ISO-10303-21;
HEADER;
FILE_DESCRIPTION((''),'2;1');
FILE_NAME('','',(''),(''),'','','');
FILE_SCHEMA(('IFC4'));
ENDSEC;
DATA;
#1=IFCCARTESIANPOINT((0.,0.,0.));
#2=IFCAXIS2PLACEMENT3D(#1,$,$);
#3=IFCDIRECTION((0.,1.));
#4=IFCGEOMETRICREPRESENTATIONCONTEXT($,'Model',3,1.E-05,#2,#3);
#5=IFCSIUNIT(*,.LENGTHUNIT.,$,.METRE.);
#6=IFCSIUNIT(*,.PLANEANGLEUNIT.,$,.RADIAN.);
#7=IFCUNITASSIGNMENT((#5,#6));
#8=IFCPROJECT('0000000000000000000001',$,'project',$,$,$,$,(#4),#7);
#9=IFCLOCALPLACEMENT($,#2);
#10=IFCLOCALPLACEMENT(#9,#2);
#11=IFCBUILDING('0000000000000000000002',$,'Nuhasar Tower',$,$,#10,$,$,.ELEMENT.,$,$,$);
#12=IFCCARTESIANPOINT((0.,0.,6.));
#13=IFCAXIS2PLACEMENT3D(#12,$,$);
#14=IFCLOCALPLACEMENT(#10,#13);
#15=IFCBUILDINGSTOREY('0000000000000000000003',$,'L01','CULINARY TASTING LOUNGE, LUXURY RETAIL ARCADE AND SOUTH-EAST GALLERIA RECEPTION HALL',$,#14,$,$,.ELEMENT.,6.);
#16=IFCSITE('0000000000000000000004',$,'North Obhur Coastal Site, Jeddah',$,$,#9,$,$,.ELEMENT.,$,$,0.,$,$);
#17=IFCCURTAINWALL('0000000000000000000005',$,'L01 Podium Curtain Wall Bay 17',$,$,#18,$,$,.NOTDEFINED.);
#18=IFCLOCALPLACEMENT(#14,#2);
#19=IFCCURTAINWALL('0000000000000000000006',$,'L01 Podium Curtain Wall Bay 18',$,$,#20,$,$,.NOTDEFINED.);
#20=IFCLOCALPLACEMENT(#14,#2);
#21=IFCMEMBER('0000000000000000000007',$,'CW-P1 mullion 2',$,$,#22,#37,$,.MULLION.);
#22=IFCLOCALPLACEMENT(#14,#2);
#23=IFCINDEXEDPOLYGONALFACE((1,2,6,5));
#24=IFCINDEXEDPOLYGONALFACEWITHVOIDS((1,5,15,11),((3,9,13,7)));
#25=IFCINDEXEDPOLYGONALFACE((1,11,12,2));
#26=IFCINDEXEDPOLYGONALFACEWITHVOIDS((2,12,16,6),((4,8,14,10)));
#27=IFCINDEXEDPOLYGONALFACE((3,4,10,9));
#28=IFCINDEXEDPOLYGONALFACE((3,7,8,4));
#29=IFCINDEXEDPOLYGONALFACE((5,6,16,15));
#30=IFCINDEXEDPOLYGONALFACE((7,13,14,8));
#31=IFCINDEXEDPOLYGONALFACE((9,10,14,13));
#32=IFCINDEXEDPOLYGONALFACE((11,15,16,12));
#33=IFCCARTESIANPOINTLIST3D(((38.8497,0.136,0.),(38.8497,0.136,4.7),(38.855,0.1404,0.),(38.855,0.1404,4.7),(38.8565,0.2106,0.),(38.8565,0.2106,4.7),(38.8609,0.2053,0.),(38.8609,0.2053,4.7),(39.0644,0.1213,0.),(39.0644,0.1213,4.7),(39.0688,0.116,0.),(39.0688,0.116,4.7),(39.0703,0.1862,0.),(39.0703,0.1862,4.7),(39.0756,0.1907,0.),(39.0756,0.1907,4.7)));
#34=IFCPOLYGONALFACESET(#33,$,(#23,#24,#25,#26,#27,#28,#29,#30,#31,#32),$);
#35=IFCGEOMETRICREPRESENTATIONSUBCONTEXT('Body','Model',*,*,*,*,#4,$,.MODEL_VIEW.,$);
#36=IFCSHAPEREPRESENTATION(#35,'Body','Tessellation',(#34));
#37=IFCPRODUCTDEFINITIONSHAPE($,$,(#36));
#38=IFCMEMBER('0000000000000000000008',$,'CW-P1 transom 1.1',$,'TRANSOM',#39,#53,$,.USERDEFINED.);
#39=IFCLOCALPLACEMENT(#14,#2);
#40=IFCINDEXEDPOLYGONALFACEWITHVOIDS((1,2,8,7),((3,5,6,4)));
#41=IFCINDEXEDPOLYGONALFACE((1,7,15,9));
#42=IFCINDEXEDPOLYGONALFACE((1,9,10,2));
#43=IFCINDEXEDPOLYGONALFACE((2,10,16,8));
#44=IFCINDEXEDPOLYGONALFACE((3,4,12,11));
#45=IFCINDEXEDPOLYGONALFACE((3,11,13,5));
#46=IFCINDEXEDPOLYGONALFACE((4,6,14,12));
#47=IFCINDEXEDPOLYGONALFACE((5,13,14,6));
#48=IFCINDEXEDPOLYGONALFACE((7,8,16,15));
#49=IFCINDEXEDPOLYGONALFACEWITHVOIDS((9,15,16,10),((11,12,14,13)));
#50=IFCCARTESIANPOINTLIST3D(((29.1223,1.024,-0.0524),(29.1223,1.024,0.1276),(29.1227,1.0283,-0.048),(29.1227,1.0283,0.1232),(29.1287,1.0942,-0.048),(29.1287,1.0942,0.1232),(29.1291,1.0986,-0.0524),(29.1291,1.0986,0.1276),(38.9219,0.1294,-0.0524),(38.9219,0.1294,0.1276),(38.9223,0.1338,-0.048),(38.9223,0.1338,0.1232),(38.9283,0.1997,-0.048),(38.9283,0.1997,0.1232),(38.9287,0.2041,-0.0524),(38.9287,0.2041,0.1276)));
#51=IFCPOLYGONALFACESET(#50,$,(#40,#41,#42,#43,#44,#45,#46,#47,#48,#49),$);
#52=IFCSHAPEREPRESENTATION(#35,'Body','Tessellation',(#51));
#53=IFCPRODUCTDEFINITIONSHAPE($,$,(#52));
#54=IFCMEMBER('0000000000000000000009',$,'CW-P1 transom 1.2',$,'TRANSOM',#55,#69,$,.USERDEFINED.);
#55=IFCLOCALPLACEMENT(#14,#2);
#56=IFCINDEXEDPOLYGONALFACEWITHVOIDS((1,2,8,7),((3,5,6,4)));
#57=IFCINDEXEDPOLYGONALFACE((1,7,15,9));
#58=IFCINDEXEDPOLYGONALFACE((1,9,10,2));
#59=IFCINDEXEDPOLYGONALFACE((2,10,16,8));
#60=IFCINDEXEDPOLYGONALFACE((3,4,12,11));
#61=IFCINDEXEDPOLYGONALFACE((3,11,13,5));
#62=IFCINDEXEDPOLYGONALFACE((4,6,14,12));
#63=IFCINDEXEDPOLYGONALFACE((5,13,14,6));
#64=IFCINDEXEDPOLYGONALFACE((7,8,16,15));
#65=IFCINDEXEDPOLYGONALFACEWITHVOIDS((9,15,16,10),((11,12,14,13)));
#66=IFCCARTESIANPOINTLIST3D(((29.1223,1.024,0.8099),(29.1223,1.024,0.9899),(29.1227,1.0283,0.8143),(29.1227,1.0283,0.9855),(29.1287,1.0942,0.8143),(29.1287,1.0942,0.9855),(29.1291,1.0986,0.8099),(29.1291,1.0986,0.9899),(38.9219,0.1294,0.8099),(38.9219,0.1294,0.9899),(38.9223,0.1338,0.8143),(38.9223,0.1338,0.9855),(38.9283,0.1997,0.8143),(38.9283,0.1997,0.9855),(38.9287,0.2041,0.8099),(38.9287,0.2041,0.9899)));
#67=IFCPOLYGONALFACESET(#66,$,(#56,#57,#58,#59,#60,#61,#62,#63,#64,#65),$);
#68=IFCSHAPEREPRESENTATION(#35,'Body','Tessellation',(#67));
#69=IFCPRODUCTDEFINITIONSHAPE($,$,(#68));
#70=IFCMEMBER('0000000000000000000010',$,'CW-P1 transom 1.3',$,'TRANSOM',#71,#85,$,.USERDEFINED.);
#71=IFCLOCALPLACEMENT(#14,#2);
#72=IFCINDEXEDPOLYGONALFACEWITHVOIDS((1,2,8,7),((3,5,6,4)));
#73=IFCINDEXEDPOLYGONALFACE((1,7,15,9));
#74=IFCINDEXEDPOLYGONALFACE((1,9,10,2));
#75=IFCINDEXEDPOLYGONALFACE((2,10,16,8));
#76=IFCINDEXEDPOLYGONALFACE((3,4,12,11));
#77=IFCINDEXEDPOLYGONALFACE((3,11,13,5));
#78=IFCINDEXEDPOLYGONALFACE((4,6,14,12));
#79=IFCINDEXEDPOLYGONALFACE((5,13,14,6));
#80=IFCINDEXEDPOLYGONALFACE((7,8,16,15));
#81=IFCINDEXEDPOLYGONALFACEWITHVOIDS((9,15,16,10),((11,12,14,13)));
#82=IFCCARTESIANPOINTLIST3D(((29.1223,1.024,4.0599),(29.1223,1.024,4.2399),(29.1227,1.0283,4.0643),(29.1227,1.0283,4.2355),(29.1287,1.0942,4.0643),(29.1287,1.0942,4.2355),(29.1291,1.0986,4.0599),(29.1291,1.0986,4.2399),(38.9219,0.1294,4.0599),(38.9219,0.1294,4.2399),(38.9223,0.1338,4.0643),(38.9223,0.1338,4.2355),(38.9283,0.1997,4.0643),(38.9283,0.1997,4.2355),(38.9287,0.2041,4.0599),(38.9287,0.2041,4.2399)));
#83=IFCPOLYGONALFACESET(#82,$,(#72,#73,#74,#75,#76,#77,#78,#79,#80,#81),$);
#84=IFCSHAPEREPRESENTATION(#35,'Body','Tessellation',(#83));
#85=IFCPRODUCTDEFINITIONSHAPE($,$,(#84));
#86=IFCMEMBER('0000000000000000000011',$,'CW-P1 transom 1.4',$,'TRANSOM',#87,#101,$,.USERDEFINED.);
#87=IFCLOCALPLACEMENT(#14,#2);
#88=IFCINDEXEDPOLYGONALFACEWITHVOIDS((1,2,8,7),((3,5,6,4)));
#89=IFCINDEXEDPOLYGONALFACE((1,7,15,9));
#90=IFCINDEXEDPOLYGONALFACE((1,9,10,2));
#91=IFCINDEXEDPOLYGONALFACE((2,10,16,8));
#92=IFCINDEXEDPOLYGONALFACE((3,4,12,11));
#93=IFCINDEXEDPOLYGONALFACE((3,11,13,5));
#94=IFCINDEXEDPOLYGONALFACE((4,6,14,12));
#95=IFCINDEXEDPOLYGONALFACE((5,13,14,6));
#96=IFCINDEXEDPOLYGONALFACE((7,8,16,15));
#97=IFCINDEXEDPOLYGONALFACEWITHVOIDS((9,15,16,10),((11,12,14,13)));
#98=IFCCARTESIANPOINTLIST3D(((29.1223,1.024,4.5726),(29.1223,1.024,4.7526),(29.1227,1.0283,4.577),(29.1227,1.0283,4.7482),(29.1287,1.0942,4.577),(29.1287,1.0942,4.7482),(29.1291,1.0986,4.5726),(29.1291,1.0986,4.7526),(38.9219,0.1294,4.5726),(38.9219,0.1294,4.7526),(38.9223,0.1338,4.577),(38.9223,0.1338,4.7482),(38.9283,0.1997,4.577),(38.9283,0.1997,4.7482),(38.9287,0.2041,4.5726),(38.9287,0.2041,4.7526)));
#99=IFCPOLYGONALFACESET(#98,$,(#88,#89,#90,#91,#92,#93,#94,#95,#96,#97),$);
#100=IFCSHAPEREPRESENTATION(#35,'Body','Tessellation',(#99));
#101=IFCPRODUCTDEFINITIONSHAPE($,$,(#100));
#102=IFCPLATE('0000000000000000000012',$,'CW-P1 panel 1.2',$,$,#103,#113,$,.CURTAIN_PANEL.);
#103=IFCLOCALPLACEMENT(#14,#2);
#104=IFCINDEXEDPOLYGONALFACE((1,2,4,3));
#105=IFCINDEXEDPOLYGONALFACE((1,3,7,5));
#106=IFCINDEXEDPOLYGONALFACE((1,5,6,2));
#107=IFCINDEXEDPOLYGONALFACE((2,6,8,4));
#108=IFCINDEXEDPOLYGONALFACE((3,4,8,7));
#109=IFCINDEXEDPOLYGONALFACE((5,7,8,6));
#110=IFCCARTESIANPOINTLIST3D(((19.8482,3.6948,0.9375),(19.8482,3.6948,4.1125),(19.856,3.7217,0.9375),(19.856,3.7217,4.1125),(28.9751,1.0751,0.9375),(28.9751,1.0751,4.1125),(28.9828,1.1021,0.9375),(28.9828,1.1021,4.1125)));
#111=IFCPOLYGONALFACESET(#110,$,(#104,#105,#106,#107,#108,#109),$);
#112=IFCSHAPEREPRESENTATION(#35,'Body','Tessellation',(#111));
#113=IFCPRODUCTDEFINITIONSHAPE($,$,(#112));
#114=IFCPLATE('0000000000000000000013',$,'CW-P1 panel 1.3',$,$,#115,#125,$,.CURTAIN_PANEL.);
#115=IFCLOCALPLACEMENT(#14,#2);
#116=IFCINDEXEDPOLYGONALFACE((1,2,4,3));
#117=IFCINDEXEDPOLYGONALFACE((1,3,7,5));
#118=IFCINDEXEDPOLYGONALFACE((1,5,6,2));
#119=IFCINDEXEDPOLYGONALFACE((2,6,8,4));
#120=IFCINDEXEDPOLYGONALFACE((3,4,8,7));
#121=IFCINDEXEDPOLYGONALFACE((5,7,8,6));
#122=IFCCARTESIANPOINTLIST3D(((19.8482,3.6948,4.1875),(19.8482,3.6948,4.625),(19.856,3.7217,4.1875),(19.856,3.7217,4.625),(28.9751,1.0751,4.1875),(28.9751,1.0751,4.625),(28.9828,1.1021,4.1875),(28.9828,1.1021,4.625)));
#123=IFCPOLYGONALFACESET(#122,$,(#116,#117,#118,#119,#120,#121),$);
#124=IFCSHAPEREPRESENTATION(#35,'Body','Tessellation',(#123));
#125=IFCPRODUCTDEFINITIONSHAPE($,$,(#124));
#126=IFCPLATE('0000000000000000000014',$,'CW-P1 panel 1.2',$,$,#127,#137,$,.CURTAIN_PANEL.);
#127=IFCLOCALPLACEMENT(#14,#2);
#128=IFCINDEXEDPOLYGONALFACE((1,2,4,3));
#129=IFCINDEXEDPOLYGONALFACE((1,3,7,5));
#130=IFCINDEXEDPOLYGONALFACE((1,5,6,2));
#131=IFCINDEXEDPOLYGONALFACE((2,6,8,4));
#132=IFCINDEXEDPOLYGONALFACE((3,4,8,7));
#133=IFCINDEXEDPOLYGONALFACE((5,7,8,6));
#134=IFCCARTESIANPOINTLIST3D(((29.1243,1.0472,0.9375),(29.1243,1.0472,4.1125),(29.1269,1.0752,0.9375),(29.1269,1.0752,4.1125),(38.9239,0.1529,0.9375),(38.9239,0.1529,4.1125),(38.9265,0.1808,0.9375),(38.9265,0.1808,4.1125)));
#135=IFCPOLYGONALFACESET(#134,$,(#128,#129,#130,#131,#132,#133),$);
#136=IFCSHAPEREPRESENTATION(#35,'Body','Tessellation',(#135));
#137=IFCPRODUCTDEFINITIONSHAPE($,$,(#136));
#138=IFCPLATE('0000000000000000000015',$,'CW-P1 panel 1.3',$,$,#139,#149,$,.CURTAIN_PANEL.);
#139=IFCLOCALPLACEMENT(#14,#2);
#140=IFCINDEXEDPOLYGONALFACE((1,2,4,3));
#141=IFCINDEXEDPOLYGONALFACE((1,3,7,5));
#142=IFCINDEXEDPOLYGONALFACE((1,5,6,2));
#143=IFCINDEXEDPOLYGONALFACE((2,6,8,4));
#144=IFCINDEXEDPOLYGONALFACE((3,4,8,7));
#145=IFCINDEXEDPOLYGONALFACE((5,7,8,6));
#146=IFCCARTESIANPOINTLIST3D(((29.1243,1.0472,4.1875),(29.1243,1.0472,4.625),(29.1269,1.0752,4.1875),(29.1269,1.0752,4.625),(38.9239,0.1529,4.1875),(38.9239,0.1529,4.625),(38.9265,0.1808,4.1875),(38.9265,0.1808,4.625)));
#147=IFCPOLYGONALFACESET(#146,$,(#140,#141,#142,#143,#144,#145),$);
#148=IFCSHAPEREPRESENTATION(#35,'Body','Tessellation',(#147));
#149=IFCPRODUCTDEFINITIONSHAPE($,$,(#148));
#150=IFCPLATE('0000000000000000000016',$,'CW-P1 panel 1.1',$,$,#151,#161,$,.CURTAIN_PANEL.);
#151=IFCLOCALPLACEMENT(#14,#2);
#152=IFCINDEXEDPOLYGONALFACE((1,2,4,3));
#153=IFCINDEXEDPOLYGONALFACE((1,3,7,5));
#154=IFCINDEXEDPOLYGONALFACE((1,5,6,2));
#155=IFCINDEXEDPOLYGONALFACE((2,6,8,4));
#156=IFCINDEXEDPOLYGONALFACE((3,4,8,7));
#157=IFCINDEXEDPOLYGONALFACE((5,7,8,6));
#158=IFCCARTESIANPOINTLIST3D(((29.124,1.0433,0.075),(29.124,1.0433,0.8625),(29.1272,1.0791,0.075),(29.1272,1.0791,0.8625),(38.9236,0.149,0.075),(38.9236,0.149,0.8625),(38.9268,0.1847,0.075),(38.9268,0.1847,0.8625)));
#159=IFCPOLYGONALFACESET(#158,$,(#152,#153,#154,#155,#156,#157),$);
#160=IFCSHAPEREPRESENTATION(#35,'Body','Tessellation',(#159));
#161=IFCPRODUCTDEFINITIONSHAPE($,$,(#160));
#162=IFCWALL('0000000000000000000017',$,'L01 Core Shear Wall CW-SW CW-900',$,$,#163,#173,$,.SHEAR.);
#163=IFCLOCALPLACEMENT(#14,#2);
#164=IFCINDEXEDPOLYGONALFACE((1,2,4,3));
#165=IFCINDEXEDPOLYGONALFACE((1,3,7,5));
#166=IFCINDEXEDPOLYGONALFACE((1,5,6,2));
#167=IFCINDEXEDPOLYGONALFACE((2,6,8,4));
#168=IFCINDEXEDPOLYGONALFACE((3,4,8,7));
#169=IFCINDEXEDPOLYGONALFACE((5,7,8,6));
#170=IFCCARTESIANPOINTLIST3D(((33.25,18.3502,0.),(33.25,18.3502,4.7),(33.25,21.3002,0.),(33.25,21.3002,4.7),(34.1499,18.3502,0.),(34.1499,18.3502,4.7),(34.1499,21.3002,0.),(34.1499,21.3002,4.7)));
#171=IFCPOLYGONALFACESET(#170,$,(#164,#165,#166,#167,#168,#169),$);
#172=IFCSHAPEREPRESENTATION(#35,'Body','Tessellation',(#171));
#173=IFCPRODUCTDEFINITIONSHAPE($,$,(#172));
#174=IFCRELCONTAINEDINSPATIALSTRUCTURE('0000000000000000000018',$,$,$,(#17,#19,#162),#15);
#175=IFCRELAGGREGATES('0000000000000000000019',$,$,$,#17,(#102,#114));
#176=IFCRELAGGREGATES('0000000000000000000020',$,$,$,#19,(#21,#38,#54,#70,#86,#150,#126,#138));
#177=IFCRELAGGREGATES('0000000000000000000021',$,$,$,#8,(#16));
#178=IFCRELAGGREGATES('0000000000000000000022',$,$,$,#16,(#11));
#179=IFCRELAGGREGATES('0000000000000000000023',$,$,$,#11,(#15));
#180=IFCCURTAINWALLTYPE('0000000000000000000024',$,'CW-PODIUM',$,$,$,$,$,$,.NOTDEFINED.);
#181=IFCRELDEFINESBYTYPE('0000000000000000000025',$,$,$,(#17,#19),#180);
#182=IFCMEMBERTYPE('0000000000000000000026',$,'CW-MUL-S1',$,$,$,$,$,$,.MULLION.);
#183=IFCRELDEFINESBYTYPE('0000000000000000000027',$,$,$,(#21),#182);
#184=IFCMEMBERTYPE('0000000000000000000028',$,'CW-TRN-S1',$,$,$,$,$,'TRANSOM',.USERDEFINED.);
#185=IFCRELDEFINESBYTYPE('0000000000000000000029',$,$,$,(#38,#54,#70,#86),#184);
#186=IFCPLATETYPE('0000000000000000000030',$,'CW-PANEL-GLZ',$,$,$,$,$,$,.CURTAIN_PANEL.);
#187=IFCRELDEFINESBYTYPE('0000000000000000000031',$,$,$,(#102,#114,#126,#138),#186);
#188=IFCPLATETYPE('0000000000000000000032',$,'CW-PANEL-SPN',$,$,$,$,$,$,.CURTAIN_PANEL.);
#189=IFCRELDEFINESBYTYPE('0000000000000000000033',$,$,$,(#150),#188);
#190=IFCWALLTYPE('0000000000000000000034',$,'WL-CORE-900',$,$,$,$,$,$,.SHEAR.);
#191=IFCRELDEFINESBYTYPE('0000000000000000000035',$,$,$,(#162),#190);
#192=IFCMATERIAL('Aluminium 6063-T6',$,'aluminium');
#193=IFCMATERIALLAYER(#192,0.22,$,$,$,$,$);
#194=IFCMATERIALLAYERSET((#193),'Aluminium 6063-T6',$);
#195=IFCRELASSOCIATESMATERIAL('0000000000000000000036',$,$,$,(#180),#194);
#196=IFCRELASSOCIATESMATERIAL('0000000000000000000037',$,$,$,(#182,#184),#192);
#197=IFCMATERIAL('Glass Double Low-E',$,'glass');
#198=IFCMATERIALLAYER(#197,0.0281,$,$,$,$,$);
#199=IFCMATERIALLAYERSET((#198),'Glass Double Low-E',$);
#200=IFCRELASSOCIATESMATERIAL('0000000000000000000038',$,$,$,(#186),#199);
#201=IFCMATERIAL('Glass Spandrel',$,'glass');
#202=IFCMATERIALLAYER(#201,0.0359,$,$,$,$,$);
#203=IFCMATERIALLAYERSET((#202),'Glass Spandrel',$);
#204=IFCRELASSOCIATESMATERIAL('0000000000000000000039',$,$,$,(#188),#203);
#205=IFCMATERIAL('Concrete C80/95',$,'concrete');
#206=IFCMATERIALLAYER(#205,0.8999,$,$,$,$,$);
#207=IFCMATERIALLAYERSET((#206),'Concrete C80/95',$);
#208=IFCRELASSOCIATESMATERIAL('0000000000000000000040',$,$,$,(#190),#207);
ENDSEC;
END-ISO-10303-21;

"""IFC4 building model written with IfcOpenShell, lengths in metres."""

from ifc_helpers import new_model, si_unit, direction, frame, frame_2d, origin, origin_2d, place, context, subcontext, project, spatial, rectangle, hollow_rectangle, extrude, material, layer, layer_set, material_profile, profile_set, type_object, element, aggregate, save


model = new_model("IFC4")

# Units and contexts
model_context = context("Model", 3, precision=1e-05, world=origin(), true_north=direction((0.0, 1.0)))
body_context = subcontext(model_context, "Body", "Model", "MODEL_VIEW")
ifc_project = project(units=[si_unit("LENGTHUNIT", "METRE"), si_unit("PLANEANGLEUNIT", "RADIAN")], contexts=[model_context])

# Site, building, storey
site_placement = place(None, origin())
site = spatial("IfcSite", under=ifc_project, at=site_placement, Name="North Obhur Coastal Site, Jeddah", CompositionType="ELEMENT", RefElevation=0.0)
building_placement = place(site_placement, origin())
building = spatial("IfcBuilding", under=site, at=building_placement, Name="Nuhasar Tower", CompositionType="ELEMENT")
storey_placement = place(building_placement, frame((0.0, 0.0, 6.0)))
storey = spatial("IfcBuildingStorey", under=building, at=storey_placement, Name="L01", Description="CULINARY TASTING LOUNGE, LUXURY RETAIL ARCADE AND SOUTH-EAST GALLERIA RECEPTION HALL", CompositionType="ELEMENT", Elevation=6.0)

# Curtain wall
ifc_material_1 = material(Name="Aluminium 6063-T6", Category="aluminium")
ifc_layer_1 = layer(ifc_material_1, 0.22)
ifc_layer_set_1 = layer_set([ifc_layer_1], Name="Aluminium 6063-T6")
curtain_wall_type = type_object("IfcCurtainWallType", Name="CW-PODIUM", PredefinedType="NOTDEFINED", material=ifc_layer_set_1)
curtain_wall_1_placement = place(storey_placement, origin())
curtain_wall_1 = element("IfcCurtainWall", 1, at=curtain_wall_1_placement, inside=storey, type_object=curtain_wall_type, Name="L01 Podium Curtain Wall Bay 17", PredefinedType="NOTDEFINED")
ifc_material_profile_1 = material_profile(ifc_material_1, hollow_rectangle(XDim=0.075, YDim=0.22, WallThickness=0.0049, at=origin_2d()), Name="CWM-1")
ifc_profile_set_1 = profile_set([ifc_material_profile_1], Name="Aluminium 6063-T6")
member_type_1 = type_object("IfcMemberType", Name="CW-MUL-S1", PredefinedType="MULLION", material=ifc_profile_set_1)

# Curtain wall, members
curtain_wall_2_placement = place(storey_placement, origin())
curtain_wall_2 = element("IfcCurtainWall", 2, at=curtain_wall_2_placement, inside=storey, type_object=curtain_wall_type, Name="L01 Podium Curtain Wall Bay 18", PredefinedType="NOTDEFINED")
member_1_placement = place(storey_placement, frame((38.9626, 0.1633, 0.0), z_axis=(0.0, 0.0, 1.0), x_axis=(0.090888, 0.995861, 0.0)))
member_1 = element("IfcMember", 3, at=member_1_placement, type_object=member_type_1, Name="CW-P1 mullion 2", PredefinedType="MULLION", context=body_context, shape_type="SweptSolid", body=[
    extrude(hollow_rectangle(XDim=0.075, YDim=0.22, WallThickness=0.0049, at=origin_2d()), origin(), (0.0, 0.0, 1.0), 4.7),
])
ifc_material_profile_2 = material_profile(ifc_material_1, hollow_rectangle(XDim=0.075, YDim=0.1799, WallThickness=0.0044, at=origin_2d()), Name="CWT-1")
ifc_profile_set_2 = profile_set([ifc_material_profile_2], Name="Aluminium 6063-T6")
member_type_2 = type_object("IfcMemberType", Name="CW-TRN-S1", ElementType="TRANSOM", PredefinedType="USERDEFINED", material=ifc_profile_set_2)
member_2_placement = place(storey_placement, frame((29.1257, 1.0613, 0.0376), z_axis=(0.99586, -0.090905, 0.0), x_axis=(0.090905, 0.99586, 0.0)))
member_2 = element("IfcMember", 4, at=member_2_placement, type_object=member_type_2, Name="CW-P1 transom 1.1", ObjectType="TRANSOM", PredefinedType="USERDEFINED", context=body_context, shape_type="SweptSolid", body=[
    extrude(hollow_rectangle(XDim=0.075, YDim=0.1799, WallThickness=0.0044, at=origin_2d()), origin(), (0.0, 0.0, 1.0), 9.8403),
])
member_3_placement = place(storey_placement, frame((29.1257, 1.0613, 0.8999), z_axis=(0.99586, -0.090905, 0.0), x_axis=(0.090905, 0.99586, 0.0)))
member_3 = element("IfcMember", 5, at=member_3_placement, type_object=member_type_2, Name="CW-P1 transom 1.2", ObjectType="TRANSOM", PredefinedType="USERDEFINED", context=body_context, shape_type="SweptSolid", body=[
    extrude(hollow_rectangle(XDim=0.075, YDim=0.1799, WallThickness=0.0044, at=origin_2d()), origin(), (0.0, 0.0, 1.0), 9.8403),
])
member_4_placement = place(storey_placement, frame((29.1257, 1.0613, 4.1499), z_axis=(0.99586, -0.090905, 0.0), x_axis=(0.090905, 0.99586, 0.0)))
member_4 = element("IfcMember", 6, at=member_4_placement, type_object=member_type_2, Name="CW-P1 transom 1.3", ObjectType="TRANSOM", PredefinedType="USERDEFINED", context=body_context, shape_type="SweptSolid", body=[
    extrude(hollow_rectangle(XDim=0.075, YDim=0.1799, WallThickness=0.0044, at=origin_2d()), origin(), (0.0, 0.0, 1.0), 9.8403),
])
member_5_placement = place(storey_placement, frame((29.1257, 1.0613, 4.6626), z_axis=(0.99586, -0.090905, 0.0), x_axis=(0.090905, 0.99586, 0.0)))
member_5 = element("IfcMember", 7, at=member_5_placement, type_object=member_type_2, Name="CW-P1 transom 1.4", ObjectType="TRANSOM", PredefinedType="USERDEFINED", context=body_context, shape_type="SweptSolid", body=[
    extrude(hollow_rectangle(XDim=0.075, YDim=0.1799, WallThickness=0.0044, at=origin_2d()), origin(), (0.0, 0.0, 1.0), 9.8403),
])

# Plates
ifc_material_2 = material(Name="Glass Double Low-E", Category="glass")
ifc_layer_2 = layer(ifc_material_2, 0.0281)
ifc_layer_set_2 = layer_set([ifc_layer_2], Name="Glass Double Low-E")
plate_type_1 = type_object("IfcPlateType", Name="CW-PANEL-GLZ", PredefinedType="CURTAIN_PANEL", material=ifc_layer_set_2)
plate_1_placement = place(storey_placement, frame((24.4155, 2.3984, 0.9375), z_axis=(0.0, 0.0, 1.0), x_axis=(0.961191, -0.275885, 0.0)))
plate_1 = element("IfcPlate", 8, at=plate_1_placement, type_object=plate_type_1, Name="CW-P1 panel 1.2", PredefinedType="CURTAIN_PANEL", context=body_context, shape_type="SweptSolid", body=[
    extrude(rectangle(XDim=9.4954, YDim=0.0281, at=origin_2d()), origin(), (0.0, 0.0, 1.0), 3.175),
])
plate_2_placement = place(storey_placement, frame((24.4155, 2.3984, 4.1875), z_axis=(0.0, 0.0, 1.0), x_axis=(0.961191, -0.275885, 0.0)))
plate_2 = element("IfcPlate", 9, at=plate_2_placement, type_object=plate_type_1, Name="CW-P1 panel 1.3", PredefinedType="CURTAIN_PANEL", context=body_context, shape_type="SweptSolid", body=[
    extrude(rectangle(XDim=9.4954, YDim=0.0281, at=origin_2d()), origin(), (0.0, 0.0, 1.0), 0.4375),
])
aggregate(curtain_wall_1, [plate_1, plate_2])
plate_3_placement = place(storey_placement, frame((34.0254, 0.614, 0.9375), z_axis=(0.0, 0.0, 1.0), x_axis=(0.995861, -0.090888, 0.0)))
plate_3 = element("IfcPlate", 10, at=plate_3_placement, type_object=plate_type_1, Name="CW-P1 panel 1.2", PredefinedType="CURTAIN_PANEL", context=body_context, shape_type="SweptSolid", body=[
    extrude(rectangle(XDim=9.8403, YDim=0.0281, at=origin_2d()), origin(), (0.0, 0.0, 1.0), 3.175),
])
plate_4_placement = place(storey_placement, frame((34.0254, 0.614, 4.1875), z_axis=(0.0, 0.0, 1.0), x_axis=(0.995861, -0.090888, 0.0)))
plate_4 = element("IfcPlate", 11, at=plate_4_placement, type_object=plate_type_1, Name="CW-P1 panel 1.3", PredefinedType="CURTAIN_PANEL", context=body_context, shape_type="SweptSolid", body=[
    extrude(rectangle(XDim=9.8403, YDim=0.0281, at=origin_2d()), origin(), (0.0, 0.0, 1.0), 0.4375),
])
ifc_material_3 = material(Name="Glass Spandrel", Category="glass")
ifc_layer_3 = layer(ifc_material_3, 0.0359)
ifc_layer_set_3 = layer_set([ifc_layer_3], Name="Glass Spandrel")
plate_type_2 = type_object("IfcPlateType", Name="CW-PANEL-SPN", PredefinedType="CURTAIN_PANEL", material=ifc_layer_set_3)
plate_5_placement = place(storey_placement, frame((34.0254, 0.614, 0.075), z_axis=(0.0, 0.0, 1.0), x_axis=(0.995861, -0.090888, 0.0)))
plate_5 = element("IfcPlate", 12, at=plate_5_placement, type_object=plate_type_2, Name="CW-P1 panel 1.1", PredefinedType="CURTAIN_PANEL", context=body_context, shape_type="SweptSolid", body=[
    extrude(rectangle(XDim=9.8403, YDim=0.0359, at=origin_2d()), origin(), (0.0, 0.0, 1.0), 0.7876),
])
aggregate(curtain_wall_2, [member_1, member_2, member_3, member_4, member_5, plate_5, plate_3, plate_4])

# Wall
ifc_material_4 = material(Name="Concrete C80/95", Category="concrete")
ifc_layer_4 = layer(ifc_material_4, 0.8999)
ifc_layer_set_4 = layer_set([ifc_layer_4], Name="Concrete C80/95")
wall_type_1 = type_object("IfcWallType", Name="WL-CORE-900", PredefinedType="SHEAR", material=ifc_layer_set_4)
wall_1_placement = place(storey_placement, frame((33.7, 18.3501, 0.0), z_axis=(0.0, 0.0, 1.0), x_axis=(0.0, 1.0, 0.0)))
element("IfcWall", 13, at=wall_1_placement, inside=storey, type_object=wall_type_1, Name="L01 Core Shear Wall CW-SW CW-900", PredefinedType="SHEAR", context=body_context, shape_type="SweptSolid", body=[
    extrude(rectangle(XDim=2.95, YDim=0.8999, at=frame_2d((1.4751, 0.0))), origin(), (0.0, 0.0, 1.0), 4.7),
])

save(model, "model.ifc")
